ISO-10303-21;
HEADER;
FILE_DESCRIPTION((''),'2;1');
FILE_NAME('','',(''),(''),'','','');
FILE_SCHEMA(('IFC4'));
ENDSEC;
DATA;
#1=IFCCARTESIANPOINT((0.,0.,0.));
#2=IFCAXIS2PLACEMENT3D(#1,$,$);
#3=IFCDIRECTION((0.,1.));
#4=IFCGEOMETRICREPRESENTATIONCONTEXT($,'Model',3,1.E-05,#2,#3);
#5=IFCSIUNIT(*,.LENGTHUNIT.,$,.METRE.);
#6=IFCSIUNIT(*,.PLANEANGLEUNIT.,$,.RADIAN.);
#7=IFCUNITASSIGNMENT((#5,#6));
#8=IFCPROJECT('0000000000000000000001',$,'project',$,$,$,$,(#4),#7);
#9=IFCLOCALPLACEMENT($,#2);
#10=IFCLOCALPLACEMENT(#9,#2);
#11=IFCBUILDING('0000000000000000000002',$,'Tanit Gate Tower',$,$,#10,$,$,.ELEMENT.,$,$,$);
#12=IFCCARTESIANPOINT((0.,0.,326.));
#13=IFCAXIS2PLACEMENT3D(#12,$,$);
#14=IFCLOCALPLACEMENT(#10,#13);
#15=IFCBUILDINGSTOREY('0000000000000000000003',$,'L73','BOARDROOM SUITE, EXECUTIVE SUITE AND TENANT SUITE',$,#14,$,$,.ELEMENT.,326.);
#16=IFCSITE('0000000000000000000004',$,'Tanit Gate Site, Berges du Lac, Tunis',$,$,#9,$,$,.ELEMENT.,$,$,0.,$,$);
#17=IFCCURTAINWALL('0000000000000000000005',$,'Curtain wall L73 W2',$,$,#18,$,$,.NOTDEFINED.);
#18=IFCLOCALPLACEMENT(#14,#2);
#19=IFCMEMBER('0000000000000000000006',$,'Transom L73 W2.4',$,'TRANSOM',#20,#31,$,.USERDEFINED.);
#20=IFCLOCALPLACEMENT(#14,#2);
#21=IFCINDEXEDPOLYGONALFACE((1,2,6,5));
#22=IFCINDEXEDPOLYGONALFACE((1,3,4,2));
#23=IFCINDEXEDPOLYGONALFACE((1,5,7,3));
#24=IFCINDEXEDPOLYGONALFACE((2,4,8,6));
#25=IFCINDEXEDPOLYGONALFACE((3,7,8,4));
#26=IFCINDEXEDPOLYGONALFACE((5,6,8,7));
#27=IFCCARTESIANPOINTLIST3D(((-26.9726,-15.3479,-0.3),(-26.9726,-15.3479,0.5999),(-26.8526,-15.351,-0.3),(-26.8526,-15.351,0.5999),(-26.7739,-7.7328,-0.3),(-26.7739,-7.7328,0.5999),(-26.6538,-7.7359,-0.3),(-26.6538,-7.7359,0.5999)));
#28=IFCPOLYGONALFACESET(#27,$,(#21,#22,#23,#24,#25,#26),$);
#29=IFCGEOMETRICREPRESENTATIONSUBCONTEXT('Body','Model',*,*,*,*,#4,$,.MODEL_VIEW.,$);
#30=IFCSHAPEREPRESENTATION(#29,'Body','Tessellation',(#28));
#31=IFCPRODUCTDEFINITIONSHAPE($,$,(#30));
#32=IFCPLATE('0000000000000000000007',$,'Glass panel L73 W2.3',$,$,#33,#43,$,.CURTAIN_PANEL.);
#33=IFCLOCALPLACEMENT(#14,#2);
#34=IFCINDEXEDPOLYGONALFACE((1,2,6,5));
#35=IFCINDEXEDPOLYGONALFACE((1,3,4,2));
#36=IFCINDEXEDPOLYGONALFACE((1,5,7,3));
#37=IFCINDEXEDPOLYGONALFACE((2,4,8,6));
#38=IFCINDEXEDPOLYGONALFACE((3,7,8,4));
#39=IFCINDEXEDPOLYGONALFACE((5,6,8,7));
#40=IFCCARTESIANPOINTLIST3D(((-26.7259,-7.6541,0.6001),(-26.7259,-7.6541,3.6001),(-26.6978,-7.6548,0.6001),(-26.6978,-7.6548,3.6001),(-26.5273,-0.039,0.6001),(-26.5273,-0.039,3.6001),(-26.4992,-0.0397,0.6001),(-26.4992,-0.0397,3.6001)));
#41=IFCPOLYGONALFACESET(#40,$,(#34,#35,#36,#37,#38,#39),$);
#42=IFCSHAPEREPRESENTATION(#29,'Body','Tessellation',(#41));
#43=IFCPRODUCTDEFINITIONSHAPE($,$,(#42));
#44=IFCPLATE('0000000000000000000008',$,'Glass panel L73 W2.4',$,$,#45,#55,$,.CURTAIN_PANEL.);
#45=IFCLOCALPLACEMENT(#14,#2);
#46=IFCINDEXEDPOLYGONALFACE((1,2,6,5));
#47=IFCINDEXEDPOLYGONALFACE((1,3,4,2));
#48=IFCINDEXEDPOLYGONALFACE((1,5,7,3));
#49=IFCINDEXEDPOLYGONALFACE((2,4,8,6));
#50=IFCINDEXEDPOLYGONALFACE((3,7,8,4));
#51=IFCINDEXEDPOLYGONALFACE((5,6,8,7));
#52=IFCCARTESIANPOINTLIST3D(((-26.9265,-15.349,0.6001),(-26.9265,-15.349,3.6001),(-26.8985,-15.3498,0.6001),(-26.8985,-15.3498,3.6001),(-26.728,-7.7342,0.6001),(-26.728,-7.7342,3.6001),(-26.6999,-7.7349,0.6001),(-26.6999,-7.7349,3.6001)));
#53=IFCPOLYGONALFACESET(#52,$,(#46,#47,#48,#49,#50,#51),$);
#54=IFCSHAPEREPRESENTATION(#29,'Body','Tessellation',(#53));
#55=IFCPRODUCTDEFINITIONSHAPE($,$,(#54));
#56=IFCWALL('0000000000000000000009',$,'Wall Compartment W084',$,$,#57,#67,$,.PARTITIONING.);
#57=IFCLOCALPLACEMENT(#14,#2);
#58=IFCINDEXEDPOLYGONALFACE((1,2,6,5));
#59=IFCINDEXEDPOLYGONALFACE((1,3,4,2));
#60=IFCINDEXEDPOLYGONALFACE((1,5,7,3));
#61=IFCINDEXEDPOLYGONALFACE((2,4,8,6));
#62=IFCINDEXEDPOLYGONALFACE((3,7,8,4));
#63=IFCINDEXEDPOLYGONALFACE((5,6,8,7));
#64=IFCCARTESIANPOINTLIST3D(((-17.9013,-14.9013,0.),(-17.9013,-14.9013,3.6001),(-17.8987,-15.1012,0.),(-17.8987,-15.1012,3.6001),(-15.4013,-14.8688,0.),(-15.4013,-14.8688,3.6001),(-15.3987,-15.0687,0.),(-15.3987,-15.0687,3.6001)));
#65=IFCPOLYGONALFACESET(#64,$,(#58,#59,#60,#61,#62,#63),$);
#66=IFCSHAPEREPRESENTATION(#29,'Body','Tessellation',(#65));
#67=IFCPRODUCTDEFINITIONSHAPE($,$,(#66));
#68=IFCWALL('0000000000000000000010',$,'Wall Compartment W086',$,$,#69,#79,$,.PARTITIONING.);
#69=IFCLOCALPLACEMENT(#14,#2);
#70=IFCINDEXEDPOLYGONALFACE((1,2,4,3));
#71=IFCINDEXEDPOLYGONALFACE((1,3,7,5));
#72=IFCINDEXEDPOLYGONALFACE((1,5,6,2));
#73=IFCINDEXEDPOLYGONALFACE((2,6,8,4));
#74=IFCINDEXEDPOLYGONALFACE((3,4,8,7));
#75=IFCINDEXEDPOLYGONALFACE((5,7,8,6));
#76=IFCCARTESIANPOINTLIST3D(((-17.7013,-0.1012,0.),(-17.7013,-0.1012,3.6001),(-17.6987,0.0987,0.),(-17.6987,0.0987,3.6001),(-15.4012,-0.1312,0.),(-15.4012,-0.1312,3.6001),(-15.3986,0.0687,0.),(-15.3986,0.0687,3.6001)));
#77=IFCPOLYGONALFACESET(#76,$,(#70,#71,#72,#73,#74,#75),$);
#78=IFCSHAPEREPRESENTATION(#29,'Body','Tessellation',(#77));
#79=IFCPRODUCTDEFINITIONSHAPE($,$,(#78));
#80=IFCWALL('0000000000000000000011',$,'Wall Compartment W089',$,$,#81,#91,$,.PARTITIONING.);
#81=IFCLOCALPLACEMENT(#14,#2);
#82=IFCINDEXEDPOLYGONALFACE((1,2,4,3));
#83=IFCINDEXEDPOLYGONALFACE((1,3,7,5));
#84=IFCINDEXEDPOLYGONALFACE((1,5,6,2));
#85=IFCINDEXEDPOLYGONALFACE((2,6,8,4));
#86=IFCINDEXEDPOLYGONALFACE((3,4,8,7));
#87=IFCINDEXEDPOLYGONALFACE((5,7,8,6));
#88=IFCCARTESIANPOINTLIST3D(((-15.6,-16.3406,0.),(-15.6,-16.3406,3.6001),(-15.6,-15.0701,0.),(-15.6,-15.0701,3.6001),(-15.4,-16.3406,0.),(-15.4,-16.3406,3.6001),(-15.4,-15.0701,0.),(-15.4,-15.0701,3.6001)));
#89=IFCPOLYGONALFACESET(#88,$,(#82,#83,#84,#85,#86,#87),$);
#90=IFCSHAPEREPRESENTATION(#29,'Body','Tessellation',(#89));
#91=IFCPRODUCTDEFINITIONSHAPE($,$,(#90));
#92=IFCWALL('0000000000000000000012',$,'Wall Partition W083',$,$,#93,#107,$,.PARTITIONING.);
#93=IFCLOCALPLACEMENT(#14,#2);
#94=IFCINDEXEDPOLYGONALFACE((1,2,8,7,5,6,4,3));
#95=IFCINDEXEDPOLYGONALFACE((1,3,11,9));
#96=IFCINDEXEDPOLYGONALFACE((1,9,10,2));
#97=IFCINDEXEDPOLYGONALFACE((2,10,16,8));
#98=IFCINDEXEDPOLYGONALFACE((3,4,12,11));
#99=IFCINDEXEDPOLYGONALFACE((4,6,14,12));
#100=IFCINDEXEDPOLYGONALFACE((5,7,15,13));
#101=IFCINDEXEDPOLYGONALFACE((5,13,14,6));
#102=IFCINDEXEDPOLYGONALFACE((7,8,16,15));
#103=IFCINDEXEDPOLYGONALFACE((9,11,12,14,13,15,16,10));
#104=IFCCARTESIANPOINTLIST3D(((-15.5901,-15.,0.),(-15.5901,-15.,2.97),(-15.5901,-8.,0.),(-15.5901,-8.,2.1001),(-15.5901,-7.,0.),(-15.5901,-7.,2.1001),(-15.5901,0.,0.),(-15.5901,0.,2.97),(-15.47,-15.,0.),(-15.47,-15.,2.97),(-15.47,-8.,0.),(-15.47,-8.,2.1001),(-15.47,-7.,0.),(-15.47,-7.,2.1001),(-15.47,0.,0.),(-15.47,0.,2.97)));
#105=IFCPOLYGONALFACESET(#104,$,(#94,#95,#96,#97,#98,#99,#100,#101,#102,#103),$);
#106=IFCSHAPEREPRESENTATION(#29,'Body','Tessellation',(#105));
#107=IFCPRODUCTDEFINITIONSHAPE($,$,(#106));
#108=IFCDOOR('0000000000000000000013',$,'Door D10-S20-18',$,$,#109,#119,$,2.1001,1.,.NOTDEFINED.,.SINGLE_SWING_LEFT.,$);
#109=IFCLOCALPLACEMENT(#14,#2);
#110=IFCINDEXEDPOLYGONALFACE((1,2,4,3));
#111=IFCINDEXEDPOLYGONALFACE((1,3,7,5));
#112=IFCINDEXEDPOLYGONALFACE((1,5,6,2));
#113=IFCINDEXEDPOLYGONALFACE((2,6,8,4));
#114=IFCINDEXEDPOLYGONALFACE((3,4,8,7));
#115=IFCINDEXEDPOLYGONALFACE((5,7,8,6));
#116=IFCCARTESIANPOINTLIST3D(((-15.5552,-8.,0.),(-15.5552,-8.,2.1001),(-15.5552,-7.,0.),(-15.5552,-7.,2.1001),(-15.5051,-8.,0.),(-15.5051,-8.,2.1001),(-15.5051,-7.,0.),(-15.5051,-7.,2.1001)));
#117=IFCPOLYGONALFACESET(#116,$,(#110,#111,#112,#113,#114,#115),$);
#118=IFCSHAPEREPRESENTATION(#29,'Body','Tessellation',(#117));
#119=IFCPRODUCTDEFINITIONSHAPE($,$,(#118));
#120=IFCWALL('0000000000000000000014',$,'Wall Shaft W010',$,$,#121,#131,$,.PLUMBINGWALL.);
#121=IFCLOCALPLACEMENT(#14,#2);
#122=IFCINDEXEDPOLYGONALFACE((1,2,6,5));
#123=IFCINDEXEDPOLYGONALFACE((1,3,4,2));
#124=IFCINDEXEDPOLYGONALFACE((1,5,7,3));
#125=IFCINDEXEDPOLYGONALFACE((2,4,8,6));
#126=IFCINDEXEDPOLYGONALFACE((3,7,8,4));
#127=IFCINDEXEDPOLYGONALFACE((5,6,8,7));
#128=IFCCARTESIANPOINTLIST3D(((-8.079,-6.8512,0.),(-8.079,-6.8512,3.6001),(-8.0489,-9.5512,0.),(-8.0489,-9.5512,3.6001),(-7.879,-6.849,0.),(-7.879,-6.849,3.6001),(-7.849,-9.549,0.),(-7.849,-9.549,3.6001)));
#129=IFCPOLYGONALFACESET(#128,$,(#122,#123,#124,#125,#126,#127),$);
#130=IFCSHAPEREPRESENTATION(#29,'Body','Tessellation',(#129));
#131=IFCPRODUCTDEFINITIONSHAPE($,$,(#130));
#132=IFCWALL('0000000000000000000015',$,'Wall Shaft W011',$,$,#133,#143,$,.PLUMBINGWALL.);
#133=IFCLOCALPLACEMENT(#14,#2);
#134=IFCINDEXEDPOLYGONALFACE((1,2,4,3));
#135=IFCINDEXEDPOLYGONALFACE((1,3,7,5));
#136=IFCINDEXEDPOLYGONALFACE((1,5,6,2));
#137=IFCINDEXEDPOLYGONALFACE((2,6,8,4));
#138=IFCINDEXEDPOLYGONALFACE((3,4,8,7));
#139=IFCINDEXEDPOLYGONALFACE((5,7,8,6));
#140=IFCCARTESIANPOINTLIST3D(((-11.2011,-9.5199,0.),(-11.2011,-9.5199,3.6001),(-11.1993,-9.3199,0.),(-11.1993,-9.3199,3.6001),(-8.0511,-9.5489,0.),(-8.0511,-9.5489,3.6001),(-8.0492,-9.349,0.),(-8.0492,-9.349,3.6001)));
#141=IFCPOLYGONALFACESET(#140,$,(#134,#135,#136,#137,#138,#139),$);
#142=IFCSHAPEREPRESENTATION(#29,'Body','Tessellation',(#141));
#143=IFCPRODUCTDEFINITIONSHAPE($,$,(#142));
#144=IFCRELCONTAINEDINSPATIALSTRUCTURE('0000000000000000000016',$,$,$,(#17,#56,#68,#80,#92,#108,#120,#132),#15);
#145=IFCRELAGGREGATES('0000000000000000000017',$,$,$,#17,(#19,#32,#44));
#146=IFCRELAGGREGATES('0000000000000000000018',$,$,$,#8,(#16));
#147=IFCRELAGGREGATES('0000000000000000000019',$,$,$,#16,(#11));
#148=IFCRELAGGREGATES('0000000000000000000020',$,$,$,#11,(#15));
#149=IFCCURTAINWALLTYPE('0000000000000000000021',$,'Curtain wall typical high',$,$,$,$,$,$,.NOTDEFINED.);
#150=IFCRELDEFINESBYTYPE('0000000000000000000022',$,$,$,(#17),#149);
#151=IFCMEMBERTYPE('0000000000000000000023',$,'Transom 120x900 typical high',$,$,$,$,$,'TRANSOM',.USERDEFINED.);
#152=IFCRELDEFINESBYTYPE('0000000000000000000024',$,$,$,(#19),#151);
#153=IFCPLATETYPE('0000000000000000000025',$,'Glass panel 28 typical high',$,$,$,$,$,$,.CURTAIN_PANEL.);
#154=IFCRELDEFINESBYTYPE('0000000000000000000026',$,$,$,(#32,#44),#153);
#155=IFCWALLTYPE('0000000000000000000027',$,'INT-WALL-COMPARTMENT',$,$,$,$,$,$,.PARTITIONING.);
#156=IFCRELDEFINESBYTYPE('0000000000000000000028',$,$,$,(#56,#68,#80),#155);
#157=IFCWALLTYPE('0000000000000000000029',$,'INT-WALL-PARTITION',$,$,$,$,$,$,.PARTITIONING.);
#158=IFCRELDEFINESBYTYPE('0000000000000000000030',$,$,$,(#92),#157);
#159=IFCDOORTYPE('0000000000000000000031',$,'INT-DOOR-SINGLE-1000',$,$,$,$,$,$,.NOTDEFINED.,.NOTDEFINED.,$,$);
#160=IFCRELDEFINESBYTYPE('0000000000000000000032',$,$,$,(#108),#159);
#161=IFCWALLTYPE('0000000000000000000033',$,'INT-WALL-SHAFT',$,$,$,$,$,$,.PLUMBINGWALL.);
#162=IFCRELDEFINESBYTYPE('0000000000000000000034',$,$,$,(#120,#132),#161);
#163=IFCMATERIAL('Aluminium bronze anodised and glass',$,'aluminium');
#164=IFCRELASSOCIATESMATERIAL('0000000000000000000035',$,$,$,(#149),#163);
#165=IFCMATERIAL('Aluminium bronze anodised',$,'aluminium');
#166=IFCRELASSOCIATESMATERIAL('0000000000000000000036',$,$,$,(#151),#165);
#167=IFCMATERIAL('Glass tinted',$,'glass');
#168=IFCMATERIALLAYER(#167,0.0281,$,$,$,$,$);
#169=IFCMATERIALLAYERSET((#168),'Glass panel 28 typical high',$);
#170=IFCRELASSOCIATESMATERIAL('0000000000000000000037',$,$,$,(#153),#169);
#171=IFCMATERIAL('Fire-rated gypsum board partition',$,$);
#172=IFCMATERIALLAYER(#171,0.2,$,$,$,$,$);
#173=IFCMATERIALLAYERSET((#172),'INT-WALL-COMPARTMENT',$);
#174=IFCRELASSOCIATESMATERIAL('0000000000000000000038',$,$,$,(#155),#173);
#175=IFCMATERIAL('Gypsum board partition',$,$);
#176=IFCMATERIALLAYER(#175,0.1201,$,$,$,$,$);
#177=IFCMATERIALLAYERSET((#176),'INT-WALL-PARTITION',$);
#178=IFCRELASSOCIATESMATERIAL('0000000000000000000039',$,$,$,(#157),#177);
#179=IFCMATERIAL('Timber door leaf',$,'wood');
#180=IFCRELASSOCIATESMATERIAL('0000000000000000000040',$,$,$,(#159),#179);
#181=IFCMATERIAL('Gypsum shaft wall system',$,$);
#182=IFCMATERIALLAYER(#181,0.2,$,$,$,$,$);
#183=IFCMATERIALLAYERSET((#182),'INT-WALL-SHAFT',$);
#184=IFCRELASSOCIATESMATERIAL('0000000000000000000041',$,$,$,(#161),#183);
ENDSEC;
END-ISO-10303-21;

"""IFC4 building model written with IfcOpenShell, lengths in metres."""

from ifc_helpers import new_model, si_unit, direction, frame, frame_2d, origin, origin_2d, place, context, subcontext, project, spatial, rectangle, extrude, material, layer, layer_set, material_profile, profile_set, type_object, element, fill, aggregate, save


model = new_model("IFC4")

# Units and contexts
model_context = context("Model", 3, precision=1e-05, world=origin(), true_north=direction((0.0, 1.0)))
body_context = subcontext(model_context, "Body", "Model", "MODEL_VIEW")
ifc_project = project(units=[si_unit("LENGTHUNIT", "METRE"), si_unit("PLANEANGLEUNIT", "RADIAN")], contexts=[model_context])

# Site, building, storey
site_placement = place(None, origin())
site = spatial("IfcSite", under=ifc_project, at=site_placement, Name="Tanit Gate Site, Berges du Lac, Tunis", CompositionType="ELEMENT", RefElevation=0.0)
building_placement = place(site_placement, origin())
building = spatial("IfcBuilding", under=site, at=building_placement, Name="Tanit Gate Tower", CompositionType="ELEMENT")
storey_placement = place(building_placement, frame((0.0, 0.0, 326.0)))
storey = spatial("IfcBuildingStorey", under=building, at=storey_placement, Name="L73", Description="BOARDROOM SUITE, EXECUTIVE SUITE AND TENANT SUITE", CompositionType="ELEMENT", Elevation=326.0)

# Curtain wall
ifc_material_1 = material(Name="Aluminium bronze anodised and glass", Category="aluminium")
curtain_wall_type = type_object("IfcCurtainWallType", Name="Curtain wall typical high", PredefinedType="NOTDEFINED", material=ifc_material_1)
curtain_wall_placement = place(storey_placement, origin())
curtain_wall = element("IfcCurtainWall", 1, at=curtain_wall_placement, inside=storey, type_object=curtain_wall_type, Name="Curtain wall L73 W2", PredefinedType="NOTDEFINED")

# Member
ifc_material_2 = material(Name="Aluminium bronze anodised", Category="aluminium")
ifc_material_profile_1 = material_profile(ifc_material_2, rectangle(XDim=0.1201, YDim=0.8999, at=origin_2d()), Name="120x900 bronze transom")
ifc_profile_set_1 = profile_set([ifc_material_profile_1], Name="Aluminium bronze anodised")
member_type_1 = type_object("IfcMemberType", Name="Transom 120x900 typical high", ElementType="TRANSOM", PredefinedType="USERDEFINED", material=ifc_profile_set_1)
member_1_placement = place(storey_placement, frame((-26.7139, -7.7344, 0.1499), z_axis=(-0.026088, -0.99966, 0.0), x_axis=(0.99966, -0.026088, 0.0)))
member_1 = element("IfcMember", 2, at=member_1_placement, type_object=member_type_1, Name="Transom L73 W2.4", ObjectType="TRANSOM", PredefinedType="USERDEFINED", context=body_context, shape_type="SweptSolid", body=[
    extrude(rectangle(XDim=0.1201, YDim=0.8999, at=origin_2d()), origin(), (0.0, 0.0, 1.0), 7.6177),
])

# Plates
ifc_material_3 = material(Name="Glass tinted", Category="glass")
ifc_layer_1 = layer(ifc_material_3, 0.0281)
ifc_layer_set_1 = layer_set([ifc_layer_1], Name="Glass panel 28 typical high")
plate_type = type_object("IfcPlateType", Name="Glass panel 28 typical high", PredefinedType="CURTAIN_PANEL", material=ifc_layer_set_1)
plate_1_placement = place(storey_placement, frame((-26.6125, -3.8469, 0.6001), z_axis=(0.0, 0.0, 1.0), x_axis=(-0.026063, -0.99966, 0.0)))
plate_1 = element("IfcPlate", 3, at=plate_1_placement, type_object=plate_type, Name="Glass panel L73 W2.3", PredefinedType="CURTAIN_PANEL", context=body_context, shape_type="SweptSolid", body=[
    extrude(rectangle(XDim=7.6177, YDim=0.0281, at=origin_2d()), origin(), (0.0, 0.0, 1.0), 3.0),
])
plate_2_placement = place(storey_placement, frame((-26.8132, -11.542, 0.6001), z_axis=(0.0, 0.0, 1.0), x_axis=(-0.026063, -0.99966, 0.0)))
plate_2 = element("IfcPlate", 4, at=plate_2_placement, type_object=plate_type, Name="Glass panel L73 W2.4", PredefinedType="CURTAIN_PANEL", context=body_context, shape_type="SweptSolid", body=[
    extrude(rectangle(XDim=7.6174, YDim=0.0281, at=origin_2d()), origin(), (0.0, 0.0, 1.0), 3.0),
])
aggregate(curtain_wall, [member_1, plate_1, plate_2])

# Walls
ifc_material_4 = material(Name="Fire-rated gypsum board partition")
ifc_layer_2 = layer(ifc_material_4, 0.2)
ifc_layer_set_2 = layer_set([ifc_layer_2], Name="INT-WALL-COMPARTMENT")
wall_type_1 = type_object("IfcWallType", Name="INT-WALL-COMPARTMENT", PredefinedType="PARTITIONING", material=ifc_layer_set_2)
wall_1_placement = place(storey_placement, frame((-17.8999, -15.0012, 0.0), z_axis=(0.0, 0.0, 1.0), x_axis=(0.999916, 0.012987, 0.0)))
element("IfcWall", 5, at=wall_1_placement, inside=storey, type_object=wall_type_1, Name="Wall Compartment W084", PredefinedType="PARTITIONING", context=body_context, shape_type="SweptSolid", body=[
    extrude(rectangle(XDim=2.5002, YDim=0.2, at=frame_2d((1.25, 0.0))), origin(), (0.0, 0.0, 1.0), 3.6001),
])
wall_2_placement = place(storey_placement, frame((-15.3999, -0.0312, 0.0), z_axis=(0.0, 0.0, 1.0), x_axis=(-0.999915, 0.013055, 0.0)))
element("IfcWall", 6, at=wall_2_placement, inside=storey, type_object=wall_type_1, Name="Wall Compartment W086", PredefinedType="PARTITIONING", context=body_context, shape_type="SweptSolid", body=[
    extrude(rectangle(XDim=2.3003, YDim=0.2, at=frame_2d((1.1501, 0.0))), origin(), (0.0, 0.0, 1.0), 3.6001),
])
wall_3_placement = place(storey_placement, frame((-15.5, -15.0701, 0.0), z_axis=(0.0, 0.0, 1.0), x_axis=(0.0, -1.0, 0.0)))
element("IfcWall", 7, at=wall_3_placement, inside=storey, type_object=wall_type_1, Name="Wall Compartment W089", PredefinedType="PARTITIONING", context=body_context, shape_type="SweptSolid", body=[
    extrude(rectangle(XDim=1.2705, YDim=0.2, at=frame_2d((0.6353, 0.0))), origin(), (0.0, 0.0, 1.0), 3.6001),
])

# Wall, opening, door
ifc_material_5 = material(Name="Gypsum board partition")
ifc_layer_3 = layer(ifc_material_5, 0.1201)
ifc_layer_set_3 = layer_set([ifc_layer_3], Name="INT-WALL-PARTITION")
wall_type_2 = type_object("IfcWallType", Name="INT-WALL-PARTITION", PredefinedType="PARTITIONING", material=ifc_layer_set_3)
wall_4_placement = place(storey_placement, frame((-15.53, 0.0, 0.0), z_axis=(0.0, 0.0, 1.0), x_axis=(0.0, -1.0, 0.0)))
wall_4 = element("IfcWall", 8, at=wall_4_placement, inside=storey, type_object=wall_type_2, Name="Wall Partition W083", PredefinedType="PARTITIONING", context=body_context, shape_type="SweptSolid", body=[
    extrude(rectangle(XDim=15.0, YDim=0.1201, at=frame_2d((7.5, 0.0))), origin(), (0.0, 0.0, 1.0), 2.97),
])
opening_placement = place(wall_4_placement, frame((7.0, 0.0, 0.0)))
opening = element("IfcOpeningElement", 9, at=opening_placement, cuts=wall_4, PredefinedType="OPENING", context=body_context, shape_type="SweptSolid", body=[
    extrude(rectangle(XDim=1.0, YDim=2.1001, at=frame_2d((0.5, 1.05))), frame((0.0, 0.0701, 0.0), z_axis=(0.0, -1.0, 0.0), x_axis=(1.0, 0.0, 0.0)), (0.0, 0.0, 1.0), 0.1401),
])
ifc_material_6 = material(Name="Timber door leaf", Category="wood")
door_type = type_object("IfcDoorType", Name="INT-DOOR-SINGLE-1000", OperationType="NOTDEFINED", PredefinedType="NOTDEFINED", material=ifc_material_6)
door_placement = place(opening_placement, origin())
door = element("IfcDoor", 10, at=door_placement, inside=storey, type_object=door_type, Name="Door D10-S20-18", OperationType="SINGLE_SWING_LEFT", OverallHeight=2.1001, OverallWidth=1.0, PredefinedType="NOTDEFINED", context=body_context, shape_type="SweptSolid", body=[
    extrude(rectangle(XDim=1.0, YDim=2.1001, at=frame_2d((0.5, 1.05))), frame((0.0, 0.0249, 0.0), z_axis=(0.0, -1.0, 0.0), x_axis=(1.0, 0.0, 0.0)), (0.0, 0.0, 1.0), 0.05),
])
fill(opening, door)

# Walls
ifc_material_7 = material(Name="Gypsum shaft wall system")
ifc_layer_4 = layer(ifc_material_7, 0.2)
ifc_layer_set_4 = layer_set([ifc_layer_4], Name="INT-WALL-SHAFT")
wall_type_3 = type_object("IfcWallType", Name="INT-WALL-SHAFT", PredefinedType="PLUMBINGWALL", material=ifc_layer_set_4)
wall_5_placement = place(storey_placement, frame((-7.979, -6.8501, 0.0), z_axis=(0.0, 0.0, 1.0), x_axis=(0.011121, -0.999938, 0.0)))
element("IfcWall", 11, at=wall_5_placement, inside=storey, type_object=wall_type_3, Name="Wall Shaft W010", PredefinedType="PLUMBINGWALL", context=body_context, shape_type="SweptSolid", body=[
    extrude(rectangle(XDim=2.7002, YDim=0.2, at=frame_2d((1.3501, 0.0))), origin(), (0.0, 0.0, 1.0), 3.6001),
])
wall_6_placement = place(storey_placement, frame((-8.05, -9.449, 0.0), z_axis=(0.0, 0.0, 1.0), x_axis=(-0.999957, 0.009223, 0.0)))
element("IfcWall", 12, at=wall_6_placement, inside=storey, type_object=wall_type_3, Name="Wall Shaft W011", PredefinedType="PLUMBINGWALL", context=body_context, shape_type="SweptSolid", body=[
    extrude(rectangle(XDim=3.1501, YDim=0.2, at=frame_2d((1.5752, 0.0))), origin(), (0.0, 0.0, 1.0), 3.6001),
])

save(model, "model.ifc")
